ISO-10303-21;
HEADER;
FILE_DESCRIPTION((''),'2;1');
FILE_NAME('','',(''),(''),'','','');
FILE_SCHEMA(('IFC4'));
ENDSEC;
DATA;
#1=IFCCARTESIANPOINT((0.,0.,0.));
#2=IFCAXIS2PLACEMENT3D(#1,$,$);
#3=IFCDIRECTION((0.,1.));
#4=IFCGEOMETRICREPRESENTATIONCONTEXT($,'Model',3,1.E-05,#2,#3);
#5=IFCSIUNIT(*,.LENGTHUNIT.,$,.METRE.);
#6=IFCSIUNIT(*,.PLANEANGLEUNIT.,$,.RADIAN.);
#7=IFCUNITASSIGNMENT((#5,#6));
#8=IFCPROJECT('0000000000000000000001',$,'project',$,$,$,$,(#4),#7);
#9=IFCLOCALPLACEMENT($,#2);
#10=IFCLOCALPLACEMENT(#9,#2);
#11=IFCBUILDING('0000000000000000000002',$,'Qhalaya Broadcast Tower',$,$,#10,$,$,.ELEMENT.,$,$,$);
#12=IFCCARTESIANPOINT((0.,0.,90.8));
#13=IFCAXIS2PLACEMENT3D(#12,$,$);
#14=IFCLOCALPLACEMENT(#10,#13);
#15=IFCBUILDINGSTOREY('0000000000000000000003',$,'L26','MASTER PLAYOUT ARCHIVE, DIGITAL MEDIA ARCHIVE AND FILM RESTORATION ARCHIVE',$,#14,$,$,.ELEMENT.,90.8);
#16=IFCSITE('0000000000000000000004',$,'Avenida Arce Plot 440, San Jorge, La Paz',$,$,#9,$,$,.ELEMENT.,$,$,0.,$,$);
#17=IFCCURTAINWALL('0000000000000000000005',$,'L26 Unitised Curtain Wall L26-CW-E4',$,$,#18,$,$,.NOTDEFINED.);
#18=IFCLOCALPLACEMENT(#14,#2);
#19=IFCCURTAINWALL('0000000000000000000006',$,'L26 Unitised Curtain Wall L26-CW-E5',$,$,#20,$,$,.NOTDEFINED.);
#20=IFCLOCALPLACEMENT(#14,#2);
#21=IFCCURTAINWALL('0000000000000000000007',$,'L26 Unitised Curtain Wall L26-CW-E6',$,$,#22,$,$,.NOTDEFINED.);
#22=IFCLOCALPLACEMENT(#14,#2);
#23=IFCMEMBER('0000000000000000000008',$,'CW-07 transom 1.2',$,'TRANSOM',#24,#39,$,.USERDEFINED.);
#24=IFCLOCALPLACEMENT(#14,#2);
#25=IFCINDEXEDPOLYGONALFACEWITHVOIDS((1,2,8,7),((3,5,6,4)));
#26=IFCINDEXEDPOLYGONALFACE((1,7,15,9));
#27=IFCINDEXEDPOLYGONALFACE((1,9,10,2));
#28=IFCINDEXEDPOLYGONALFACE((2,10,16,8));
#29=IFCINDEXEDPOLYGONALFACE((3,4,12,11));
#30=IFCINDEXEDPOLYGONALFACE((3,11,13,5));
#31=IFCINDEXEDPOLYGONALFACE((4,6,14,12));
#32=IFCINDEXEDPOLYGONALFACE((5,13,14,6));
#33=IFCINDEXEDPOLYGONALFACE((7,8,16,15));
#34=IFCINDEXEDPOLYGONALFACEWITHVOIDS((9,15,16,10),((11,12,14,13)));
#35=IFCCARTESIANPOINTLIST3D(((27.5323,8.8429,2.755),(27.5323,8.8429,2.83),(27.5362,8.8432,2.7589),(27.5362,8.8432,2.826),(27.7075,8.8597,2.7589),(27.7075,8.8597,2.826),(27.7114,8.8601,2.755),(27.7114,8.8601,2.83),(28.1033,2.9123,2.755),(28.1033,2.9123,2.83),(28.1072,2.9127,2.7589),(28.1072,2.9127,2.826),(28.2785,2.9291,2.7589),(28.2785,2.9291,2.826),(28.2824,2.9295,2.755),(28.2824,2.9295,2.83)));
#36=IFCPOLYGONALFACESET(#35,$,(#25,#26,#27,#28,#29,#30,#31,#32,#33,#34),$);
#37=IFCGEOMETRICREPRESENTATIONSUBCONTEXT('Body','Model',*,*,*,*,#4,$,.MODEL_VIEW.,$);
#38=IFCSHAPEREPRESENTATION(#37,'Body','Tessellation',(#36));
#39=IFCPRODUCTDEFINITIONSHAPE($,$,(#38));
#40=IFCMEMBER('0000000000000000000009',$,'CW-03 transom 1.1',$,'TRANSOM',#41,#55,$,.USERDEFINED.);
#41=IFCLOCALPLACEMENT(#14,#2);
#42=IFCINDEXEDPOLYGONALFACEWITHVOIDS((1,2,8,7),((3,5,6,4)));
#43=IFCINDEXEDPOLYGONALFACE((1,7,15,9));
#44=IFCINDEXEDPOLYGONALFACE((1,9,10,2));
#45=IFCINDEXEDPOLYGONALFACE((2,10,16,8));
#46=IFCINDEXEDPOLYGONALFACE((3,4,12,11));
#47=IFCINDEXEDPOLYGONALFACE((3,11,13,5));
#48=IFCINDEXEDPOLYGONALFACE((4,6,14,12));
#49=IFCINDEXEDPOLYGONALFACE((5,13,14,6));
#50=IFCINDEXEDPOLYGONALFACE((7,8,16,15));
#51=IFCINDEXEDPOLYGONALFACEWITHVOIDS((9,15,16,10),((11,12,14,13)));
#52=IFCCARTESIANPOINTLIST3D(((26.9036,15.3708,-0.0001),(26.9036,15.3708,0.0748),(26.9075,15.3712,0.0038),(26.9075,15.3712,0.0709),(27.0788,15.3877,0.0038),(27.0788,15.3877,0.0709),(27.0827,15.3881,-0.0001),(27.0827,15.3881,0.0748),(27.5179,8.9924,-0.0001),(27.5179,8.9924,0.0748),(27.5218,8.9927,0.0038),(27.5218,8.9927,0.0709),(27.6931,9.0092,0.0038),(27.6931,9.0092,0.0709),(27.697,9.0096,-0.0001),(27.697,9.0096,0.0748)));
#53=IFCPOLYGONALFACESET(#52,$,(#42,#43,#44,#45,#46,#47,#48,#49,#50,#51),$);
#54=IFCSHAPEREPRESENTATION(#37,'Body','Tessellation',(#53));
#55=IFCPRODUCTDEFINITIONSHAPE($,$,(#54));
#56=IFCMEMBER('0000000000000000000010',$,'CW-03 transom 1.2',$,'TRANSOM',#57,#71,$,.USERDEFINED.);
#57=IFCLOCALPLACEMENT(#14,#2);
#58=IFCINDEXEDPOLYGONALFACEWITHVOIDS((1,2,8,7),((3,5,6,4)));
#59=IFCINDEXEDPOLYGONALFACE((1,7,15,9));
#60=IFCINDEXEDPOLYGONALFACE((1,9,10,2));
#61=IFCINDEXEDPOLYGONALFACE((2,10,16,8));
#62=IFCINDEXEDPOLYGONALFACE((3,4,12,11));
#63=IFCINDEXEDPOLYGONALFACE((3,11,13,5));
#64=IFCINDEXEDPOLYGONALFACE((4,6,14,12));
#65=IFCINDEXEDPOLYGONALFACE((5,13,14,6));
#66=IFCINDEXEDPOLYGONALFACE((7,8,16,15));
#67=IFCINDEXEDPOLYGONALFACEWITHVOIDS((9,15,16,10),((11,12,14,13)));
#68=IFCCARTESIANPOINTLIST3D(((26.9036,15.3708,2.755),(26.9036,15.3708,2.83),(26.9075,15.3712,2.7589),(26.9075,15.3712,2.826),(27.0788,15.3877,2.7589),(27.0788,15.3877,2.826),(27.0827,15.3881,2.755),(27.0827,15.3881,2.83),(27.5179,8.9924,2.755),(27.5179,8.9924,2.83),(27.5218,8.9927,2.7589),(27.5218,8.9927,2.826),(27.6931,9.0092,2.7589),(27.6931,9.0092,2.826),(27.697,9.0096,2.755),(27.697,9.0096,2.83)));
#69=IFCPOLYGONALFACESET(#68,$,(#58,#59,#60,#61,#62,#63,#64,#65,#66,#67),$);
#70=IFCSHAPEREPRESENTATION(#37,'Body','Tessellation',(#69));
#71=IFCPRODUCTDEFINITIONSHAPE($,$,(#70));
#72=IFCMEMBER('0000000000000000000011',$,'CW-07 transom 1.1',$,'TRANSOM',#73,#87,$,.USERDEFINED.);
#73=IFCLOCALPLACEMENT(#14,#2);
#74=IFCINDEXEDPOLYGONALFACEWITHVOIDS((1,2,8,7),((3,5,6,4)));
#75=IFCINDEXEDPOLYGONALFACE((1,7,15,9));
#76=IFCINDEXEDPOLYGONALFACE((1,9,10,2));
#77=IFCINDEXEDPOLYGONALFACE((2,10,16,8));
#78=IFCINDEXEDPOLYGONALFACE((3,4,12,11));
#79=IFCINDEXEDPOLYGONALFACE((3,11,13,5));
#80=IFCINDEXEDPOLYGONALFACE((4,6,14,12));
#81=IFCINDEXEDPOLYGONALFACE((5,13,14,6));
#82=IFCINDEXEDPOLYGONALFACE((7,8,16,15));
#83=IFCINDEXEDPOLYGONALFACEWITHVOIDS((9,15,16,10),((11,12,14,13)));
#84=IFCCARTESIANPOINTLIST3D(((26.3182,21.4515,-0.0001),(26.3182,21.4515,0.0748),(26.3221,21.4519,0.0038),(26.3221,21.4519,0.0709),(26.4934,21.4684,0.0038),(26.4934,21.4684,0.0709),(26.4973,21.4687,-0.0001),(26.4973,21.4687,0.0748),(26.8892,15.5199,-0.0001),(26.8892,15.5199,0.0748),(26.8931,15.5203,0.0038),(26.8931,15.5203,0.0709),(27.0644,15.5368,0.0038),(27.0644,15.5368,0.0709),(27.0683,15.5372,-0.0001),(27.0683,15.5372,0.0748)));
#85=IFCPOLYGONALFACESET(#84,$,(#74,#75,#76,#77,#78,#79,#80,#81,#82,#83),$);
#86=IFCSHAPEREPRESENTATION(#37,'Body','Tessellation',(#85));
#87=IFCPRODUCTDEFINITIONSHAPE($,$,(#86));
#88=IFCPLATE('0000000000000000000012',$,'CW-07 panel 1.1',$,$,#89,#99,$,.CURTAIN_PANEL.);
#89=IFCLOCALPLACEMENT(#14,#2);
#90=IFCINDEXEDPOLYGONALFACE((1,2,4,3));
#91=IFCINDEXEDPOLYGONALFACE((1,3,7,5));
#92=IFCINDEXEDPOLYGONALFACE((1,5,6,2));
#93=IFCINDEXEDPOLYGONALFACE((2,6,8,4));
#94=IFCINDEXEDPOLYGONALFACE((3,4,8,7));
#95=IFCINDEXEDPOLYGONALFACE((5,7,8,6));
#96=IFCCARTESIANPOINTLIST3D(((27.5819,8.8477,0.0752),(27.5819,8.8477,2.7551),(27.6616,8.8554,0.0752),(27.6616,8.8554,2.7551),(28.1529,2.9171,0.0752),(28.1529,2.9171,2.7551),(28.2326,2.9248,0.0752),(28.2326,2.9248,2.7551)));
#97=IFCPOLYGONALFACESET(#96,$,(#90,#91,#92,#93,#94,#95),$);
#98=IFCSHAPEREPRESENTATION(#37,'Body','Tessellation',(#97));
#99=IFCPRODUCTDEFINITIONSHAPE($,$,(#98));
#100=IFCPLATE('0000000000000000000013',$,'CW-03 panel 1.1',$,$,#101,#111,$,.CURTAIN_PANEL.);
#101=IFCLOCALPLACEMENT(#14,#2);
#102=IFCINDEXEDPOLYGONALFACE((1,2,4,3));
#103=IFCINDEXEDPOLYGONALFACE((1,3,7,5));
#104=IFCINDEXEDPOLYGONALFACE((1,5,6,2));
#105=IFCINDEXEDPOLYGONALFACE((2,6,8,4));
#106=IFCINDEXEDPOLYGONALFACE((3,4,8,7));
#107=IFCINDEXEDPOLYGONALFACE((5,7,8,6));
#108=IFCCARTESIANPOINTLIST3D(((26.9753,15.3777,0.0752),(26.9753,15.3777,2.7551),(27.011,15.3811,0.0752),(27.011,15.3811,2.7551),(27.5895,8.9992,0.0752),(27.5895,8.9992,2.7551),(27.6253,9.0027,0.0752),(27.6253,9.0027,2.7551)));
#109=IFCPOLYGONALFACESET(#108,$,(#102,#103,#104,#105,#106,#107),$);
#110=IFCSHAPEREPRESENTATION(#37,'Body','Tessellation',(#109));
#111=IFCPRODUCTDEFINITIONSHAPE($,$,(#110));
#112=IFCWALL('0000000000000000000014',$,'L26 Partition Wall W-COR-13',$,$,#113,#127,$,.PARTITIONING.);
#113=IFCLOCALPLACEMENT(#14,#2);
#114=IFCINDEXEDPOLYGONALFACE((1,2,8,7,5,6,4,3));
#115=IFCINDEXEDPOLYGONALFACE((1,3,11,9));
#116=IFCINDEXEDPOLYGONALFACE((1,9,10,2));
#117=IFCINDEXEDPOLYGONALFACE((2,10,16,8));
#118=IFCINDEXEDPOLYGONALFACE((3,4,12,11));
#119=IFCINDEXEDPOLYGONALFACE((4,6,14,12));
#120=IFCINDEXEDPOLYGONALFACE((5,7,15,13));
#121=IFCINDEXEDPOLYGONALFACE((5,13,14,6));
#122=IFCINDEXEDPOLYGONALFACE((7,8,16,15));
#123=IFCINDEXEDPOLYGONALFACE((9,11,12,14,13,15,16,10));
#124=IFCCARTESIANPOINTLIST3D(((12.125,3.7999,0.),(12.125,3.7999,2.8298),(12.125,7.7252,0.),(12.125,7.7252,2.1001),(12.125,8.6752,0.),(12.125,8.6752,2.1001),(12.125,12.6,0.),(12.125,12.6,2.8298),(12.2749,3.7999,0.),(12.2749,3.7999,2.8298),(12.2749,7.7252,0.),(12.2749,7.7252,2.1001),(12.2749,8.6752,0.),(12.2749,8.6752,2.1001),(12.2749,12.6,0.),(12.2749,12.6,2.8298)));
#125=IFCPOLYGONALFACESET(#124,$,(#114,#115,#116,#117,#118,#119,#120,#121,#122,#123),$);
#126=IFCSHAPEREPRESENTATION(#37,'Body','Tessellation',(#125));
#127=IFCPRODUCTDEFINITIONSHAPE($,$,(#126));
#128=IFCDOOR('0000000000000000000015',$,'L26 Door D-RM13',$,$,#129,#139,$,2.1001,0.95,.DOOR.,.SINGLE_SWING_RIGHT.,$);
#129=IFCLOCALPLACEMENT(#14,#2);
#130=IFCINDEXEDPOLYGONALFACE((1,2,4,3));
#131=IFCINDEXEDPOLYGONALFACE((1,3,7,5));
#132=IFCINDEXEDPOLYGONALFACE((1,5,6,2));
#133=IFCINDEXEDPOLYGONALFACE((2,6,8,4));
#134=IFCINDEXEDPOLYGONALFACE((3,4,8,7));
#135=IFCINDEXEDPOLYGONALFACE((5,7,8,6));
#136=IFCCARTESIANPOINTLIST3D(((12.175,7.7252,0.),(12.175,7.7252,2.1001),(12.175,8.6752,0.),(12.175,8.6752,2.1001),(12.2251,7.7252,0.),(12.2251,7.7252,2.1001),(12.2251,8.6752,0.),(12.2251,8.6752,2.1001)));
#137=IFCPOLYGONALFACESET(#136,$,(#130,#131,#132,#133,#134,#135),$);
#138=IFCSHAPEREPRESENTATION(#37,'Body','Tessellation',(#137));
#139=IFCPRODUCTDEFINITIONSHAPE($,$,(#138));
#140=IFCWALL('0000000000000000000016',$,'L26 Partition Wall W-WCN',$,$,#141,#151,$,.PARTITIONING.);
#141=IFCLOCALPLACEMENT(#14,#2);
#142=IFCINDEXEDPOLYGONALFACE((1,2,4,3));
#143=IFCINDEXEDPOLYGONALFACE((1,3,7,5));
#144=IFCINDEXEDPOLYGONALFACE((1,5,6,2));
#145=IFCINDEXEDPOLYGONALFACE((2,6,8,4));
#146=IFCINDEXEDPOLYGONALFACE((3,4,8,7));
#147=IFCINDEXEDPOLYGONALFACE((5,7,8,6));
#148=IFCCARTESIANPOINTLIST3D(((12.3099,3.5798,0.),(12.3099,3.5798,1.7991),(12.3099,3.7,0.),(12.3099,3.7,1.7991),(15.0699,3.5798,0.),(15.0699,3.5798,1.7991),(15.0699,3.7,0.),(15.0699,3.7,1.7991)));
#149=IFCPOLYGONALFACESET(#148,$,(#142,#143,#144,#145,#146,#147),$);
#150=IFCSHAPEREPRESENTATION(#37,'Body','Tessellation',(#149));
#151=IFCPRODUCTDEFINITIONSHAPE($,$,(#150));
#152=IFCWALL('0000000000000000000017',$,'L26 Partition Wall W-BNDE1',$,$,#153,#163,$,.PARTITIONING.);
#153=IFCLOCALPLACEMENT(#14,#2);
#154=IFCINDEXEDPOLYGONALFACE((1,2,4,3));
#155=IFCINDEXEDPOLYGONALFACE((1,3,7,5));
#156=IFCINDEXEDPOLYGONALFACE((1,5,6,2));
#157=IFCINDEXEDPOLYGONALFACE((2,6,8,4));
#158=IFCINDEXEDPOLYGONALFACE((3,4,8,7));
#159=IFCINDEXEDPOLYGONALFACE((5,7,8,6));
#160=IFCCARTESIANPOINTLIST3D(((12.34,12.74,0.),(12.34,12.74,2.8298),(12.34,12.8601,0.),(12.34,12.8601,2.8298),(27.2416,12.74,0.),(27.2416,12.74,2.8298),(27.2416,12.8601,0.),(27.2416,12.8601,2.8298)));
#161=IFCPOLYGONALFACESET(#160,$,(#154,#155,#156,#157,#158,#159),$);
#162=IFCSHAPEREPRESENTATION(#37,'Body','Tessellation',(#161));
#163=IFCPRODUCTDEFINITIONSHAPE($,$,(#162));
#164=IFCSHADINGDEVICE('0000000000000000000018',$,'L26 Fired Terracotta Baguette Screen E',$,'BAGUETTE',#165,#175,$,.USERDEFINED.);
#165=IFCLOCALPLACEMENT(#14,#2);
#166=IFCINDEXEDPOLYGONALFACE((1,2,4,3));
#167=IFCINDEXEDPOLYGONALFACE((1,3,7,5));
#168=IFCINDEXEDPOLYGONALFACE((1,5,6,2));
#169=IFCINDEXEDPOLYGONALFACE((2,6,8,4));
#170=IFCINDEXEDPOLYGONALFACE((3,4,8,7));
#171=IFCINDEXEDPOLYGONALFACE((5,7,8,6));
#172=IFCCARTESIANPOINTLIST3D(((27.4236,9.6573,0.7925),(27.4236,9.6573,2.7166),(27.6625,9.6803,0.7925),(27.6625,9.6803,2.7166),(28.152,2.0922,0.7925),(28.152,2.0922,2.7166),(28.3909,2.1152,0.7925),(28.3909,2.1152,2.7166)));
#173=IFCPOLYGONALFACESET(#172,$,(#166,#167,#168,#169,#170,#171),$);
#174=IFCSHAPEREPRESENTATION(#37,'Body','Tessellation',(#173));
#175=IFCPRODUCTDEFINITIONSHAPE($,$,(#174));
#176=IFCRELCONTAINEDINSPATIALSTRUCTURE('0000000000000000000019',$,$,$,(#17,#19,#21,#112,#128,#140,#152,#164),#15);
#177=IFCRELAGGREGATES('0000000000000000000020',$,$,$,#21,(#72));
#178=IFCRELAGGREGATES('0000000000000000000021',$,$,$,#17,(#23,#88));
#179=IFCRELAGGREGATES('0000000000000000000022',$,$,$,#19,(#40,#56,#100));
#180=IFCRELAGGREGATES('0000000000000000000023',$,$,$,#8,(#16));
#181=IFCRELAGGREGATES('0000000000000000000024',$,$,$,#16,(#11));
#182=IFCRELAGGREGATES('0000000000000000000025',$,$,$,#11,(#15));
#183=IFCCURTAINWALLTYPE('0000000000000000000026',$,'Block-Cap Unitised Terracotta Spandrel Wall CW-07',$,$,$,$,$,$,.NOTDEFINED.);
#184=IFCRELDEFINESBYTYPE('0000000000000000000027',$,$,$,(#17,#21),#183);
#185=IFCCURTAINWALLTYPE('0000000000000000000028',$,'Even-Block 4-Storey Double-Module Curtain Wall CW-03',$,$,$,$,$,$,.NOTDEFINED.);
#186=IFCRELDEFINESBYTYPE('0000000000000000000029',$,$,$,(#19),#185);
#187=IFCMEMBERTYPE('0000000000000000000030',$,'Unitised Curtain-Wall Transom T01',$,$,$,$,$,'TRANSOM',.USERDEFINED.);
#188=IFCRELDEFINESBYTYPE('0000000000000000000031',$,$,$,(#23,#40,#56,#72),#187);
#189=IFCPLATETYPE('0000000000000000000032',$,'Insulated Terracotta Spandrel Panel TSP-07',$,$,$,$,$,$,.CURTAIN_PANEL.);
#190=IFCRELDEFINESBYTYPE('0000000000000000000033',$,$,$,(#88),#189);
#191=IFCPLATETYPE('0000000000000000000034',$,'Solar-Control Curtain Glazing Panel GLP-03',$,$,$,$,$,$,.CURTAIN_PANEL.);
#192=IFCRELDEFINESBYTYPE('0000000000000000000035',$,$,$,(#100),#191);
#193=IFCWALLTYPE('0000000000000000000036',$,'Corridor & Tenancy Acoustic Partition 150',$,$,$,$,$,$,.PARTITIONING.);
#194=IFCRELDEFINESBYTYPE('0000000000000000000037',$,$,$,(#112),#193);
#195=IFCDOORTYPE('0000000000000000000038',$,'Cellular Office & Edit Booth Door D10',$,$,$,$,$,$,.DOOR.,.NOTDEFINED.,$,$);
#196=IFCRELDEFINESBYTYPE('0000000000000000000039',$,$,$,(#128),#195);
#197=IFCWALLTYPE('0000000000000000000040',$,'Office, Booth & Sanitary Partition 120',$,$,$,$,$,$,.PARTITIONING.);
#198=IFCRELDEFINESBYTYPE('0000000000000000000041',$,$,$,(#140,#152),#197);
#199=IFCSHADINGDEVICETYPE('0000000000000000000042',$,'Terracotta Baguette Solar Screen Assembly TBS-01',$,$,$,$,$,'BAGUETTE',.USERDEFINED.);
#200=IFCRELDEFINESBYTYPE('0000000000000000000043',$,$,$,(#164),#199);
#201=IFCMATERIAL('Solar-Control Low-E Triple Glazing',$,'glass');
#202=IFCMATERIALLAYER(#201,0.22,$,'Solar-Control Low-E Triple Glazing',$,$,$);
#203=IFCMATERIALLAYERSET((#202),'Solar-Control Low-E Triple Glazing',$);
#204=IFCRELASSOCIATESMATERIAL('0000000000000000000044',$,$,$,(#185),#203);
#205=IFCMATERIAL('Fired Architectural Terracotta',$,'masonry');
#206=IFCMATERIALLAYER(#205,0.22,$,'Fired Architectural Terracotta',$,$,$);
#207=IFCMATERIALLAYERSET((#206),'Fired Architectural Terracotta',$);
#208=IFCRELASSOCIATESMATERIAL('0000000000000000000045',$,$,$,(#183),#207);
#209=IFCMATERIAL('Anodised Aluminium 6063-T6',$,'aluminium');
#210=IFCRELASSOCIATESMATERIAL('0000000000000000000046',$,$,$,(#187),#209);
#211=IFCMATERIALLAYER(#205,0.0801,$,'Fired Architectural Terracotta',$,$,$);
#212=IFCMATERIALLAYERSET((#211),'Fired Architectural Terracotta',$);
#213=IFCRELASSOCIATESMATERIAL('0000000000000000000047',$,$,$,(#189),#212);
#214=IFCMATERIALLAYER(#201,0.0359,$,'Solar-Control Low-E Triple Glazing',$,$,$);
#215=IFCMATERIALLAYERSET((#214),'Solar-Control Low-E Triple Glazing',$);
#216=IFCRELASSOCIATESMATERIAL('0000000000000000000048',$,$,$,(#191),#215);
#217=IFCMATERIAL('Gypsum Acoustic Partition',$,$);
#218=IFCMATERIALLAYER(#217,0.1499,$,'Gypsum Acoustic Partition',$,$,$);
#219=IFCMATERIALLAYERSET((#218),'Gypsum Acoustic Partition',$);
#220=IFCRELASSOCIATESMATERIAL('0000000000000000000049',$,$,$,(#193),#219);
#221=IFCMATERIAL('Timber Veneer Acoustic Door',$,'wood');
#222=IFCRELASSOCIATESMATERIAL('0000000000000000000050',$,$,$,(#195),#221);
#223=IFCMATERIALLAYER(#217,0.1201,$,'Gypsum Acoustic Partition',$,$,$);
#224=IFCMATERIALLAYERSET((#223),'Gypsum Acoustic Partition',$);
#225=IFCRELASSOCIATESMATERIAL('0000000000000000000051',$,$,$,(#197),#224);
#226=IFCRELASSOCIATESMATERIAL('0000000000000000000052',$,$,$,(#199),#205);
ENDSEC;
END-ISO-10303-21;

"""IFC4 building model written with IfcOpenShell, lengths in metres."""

from ifc_helpers import new_model, si_unit, direction, frame, frame_2d, origin, origin_2d, place, context, subcontext, project, spatial, rectangle, hollow_rectangle, extrude, material, layer, layer_set, material_profile, profile_set, type_object, element, fill, aggregate, save


model = new_model("IFC4")

# Units and contexts
model_context = context("Model", 3, precision=1e-05, world=origin(), true_north=direction((0.0, 1.0)))
body_context = subcontext(model_context, "Body", "Model", "MODEL_VIEW")
ifc_project = project(units=[si_unit("LENGTHUNIT", "METRE"), si_unit("PLANEANGLEUNIT", "RADIAN")], contexts=[model_context])

# Site, building, storey
site_placement = place(None, origin())
site = spatial("IfcSite", under=ifc_project, at=site_placement, Name="Avenida Arce Plot 440, San Jorge, La Paz", CompositionType="ELEMENT", RefElevation=0.0)
building_placement = place(site_placement, origin())
building = spatial("IfcBuilding", under=site, at=building_placement, Name="Qhalaya Broadcast Tower", CompositionType="ELEMENT")
storey_placement = place(building_placement, frame((0.0, 0.0, 90.8)))
storey = spatial("IfcBuildingStorey", under=building, at=storey_placement, Name="L26", Description="MASTER PLAYOUT ARCHIVE, DIGITAL MEDIA ARCHIVE AND FILM RESTORATION ARCHIVE", CompositionType="ELEMENT", Elevation=90.8)

# Shared definitions
ifc_material_1 = material(Name="Solar-Control Low-E Triple Glazing", Category="glass")
ifc_layer_1 = layer(ifc_material_1, 0.22, Name="Solar-Control Low-E Triple Glazing")
ifc_layer_set_1 = layer_set([ifc_layer_1], Name="Solar-Control Low-E Triple Glazing")
curtain_wall_type_1 = type_object("IfcCurtainWallType", Name="Even-Block 4-Storey Double-Module Curtain Wall CW-03", PredefinedType="NOTDEFINED", material=ifc_layer_set_1)
ifc_material_2 = material(Name="Anodised Aluminium 6063-T6", Category="aluminium")

# Curtain walls
ifc_material_3 = material(Name="Fired Architectural Terracotta", Category="masonry")
ifc_layer_2 = layer(ifc_material_3, 0.22, Name="Fired Architectural Terracotta")
ifc_layer_set_2 = layer_set([ifc_layer_2], Name="Fired Architectural Terracotta")
curtain_wall_type_2 = type_object("IfcCurtainWallType", Name="Block-Cap Unitised Terracotta Spandrel Wall CW-07", PredefinedType="NOTDEFINED", material=ifc_layer_set_2)
curtain_wall_1_placement = place(storey_placement, origin())
curtain_wall_1 = element("IfcCurtainWall", 1, at=curtain_wall_1_placement, inside=storey, type_object=curtain_wall_type_2, Name="L26 Unitised Curtain Wall L26-CW-E4", PredefinedType="NOTDEFINED")
curtain_wall_2_placement = place(storey_placement, origin())
curtain_wall_2 = element("IfcCurtainWall", 2, at=curtain_wall_2_placement, inside=storey, type_object=curtain_wall_type_1, Name="L26 Unitised Curtain Wall L26-CW-E5", PredefinedType="NOTDEFINED")

# Curtain wall
curtain_wall_3_placement = place(storey_placement, origin())
curtain_wall_3 = element("IfcCurtainWall", 3, at=curtain_wall_3_placement, inside=storey, type_object=curtain_wall_type_2, Name="L26 Unitised Curtain Wall L26-CW-E6", PredefinedType="NOTDEFINED")

# Members
ifc_material_profile_1 = material_profile(ifc_material_2, hollow_rectangle(XDim=0.075, YDim=0.1799, WallThickness=0.0039, at=origin_2d()), Name="ALU-TRN 75x180x4")
ifc_profile_set_1 = profile_set([ifc_material_profile_1], Name="Anodised Aluminium 6063-T6")
member_type_1 = type_object("IfcMemberType", Name="Unitised Curtain-Wall Transom T01", ElementType="TRANSOM", PredefinedType="USERDEFINED", material=ifc_profile_set_1)
member_1_placement = place(storey_placement, frame((28.1929, 2.9209, 2.7925), z_axis=(-0.095844, 0.995396, 0.0), x_axis=(0.0, 0.0, 1.0)))
member_1 = element("IfcMember", 4, at=member_1_placement, type_object=member_type_1, Name="CW-07 transom 1.2", ObjectType="TRANSOM", PredefinedType="USERDEFINED", context=body_context, shape_type="SweptSolid", body=[
    extrude(hollow_rectangle(XDim=0.075, YDim=0.1799, WallThickness=0.0039, at=origin_2d()), origin(), (0.0, 0.0, 1.0), 5.958),
])
member_2_placement = place(storey_placement, frame((27.6074, 9.001, 0.0374), z_axis=(-0.095859, 0.995395, 0.0), x_axis=(0.0, 0.0, 1.0)))
member_2 = element("IfcMember", 5, at=member_2_placement, type_object=member_type_1, Name="CW-03 transom 1.1", ObjectType="TRANSOM", PredefinedType="USERDEFINED", context=body_context, shape_type="SweptSolid", body=[
    extrude(hollow_rectangle(XDim=0.075, YDim=0.1799, WallThickness=0.0039, at=origin_2d()), origin(), (0.0, 0.0, 1.0), 6.408),
])
member_3_placement = place(storey_placement, frame((27.6074, 9.001, 2.7925), z_axis=(-0.095859, 0.995395, 0.0), x_axis=(0.0, 0.0, 1.0)))
member_3 = element("IfcMember", 6, at=member_3_placement, type_object=member_type_1, Name="CW-03 transom 1.2", ObjectType="TRANSOM", PredefinedType="USERDEFINED", context=body_context, shape_type="SweptSolid", body=[
    extrude(hollow_rectangle(XDim=0.075, YDim=0.1799, WallThickness=0.0039, at=origin_2d()), origin(), (0.0, 0.0, 1.0), 6.408),
])
member_4_placement = place(storey_placement, frame((26.9788, 15.5286, 0.0374), z_axis=(-0.095828, 0.995398, 0.0), x_axis=(0.0, 0.0, 1.0)))
member_4 = element("IfcMember", 7, at=member_4_placement, type_object=member_type_1, Name="CW-07 transom 1.1", ObjectType="TRANSOM", PredefinedType="USERDEFINED", context=body_context, shape_type="SweptSolid", body=[
    extrude(hollow_rectangle(XDim=0.075, YDim=0.1799, WallThickness=0.0039, at=origin_2d()), origin(), (0.0, 0.0, 1.0), 5.959),
])
aggregate(curtain_wall_3, [member_4])

# Plates
ifc_layer_3 = layer(ifc_material_3, 0.0801, Name="Fired Architectural Terracotta")
ifc_layer_set_3 = layer_set([ifc_layer_3], Name="Fired Architectural Terracotta")
plate_type_1 = type_object("IfcPlateType", Name="Insulated Terracotta Spandrel Panel TSP-07", PredefinedType="CURTAIN_PANEL", material=ifc_layer_set_3)
plate_1_placement = place(storey_placement, frame((27.9072, 5.8862, 0.0752), z_axis=(0.0, 0.0, 1.0), x_axis=(-0.095841, 0.995397, 0.0)))
plate_1 = element("IfcPlate", 8, at=plate_1_placement, type_object=plate_type_1, Name="CW-07 panel 1.1", PredefinedType="CURTAIN_PANEL", context=body_context, shape_type="SweptSolid", body=[
    extrude(rectangle(XDim=5.958, YDim=0.0801, at=origin_2d()), origin(), (0.0, 0.0, 1.0), 2.6799),
])
aggregate(curtain_wall_1, [member_1, plate_1])
ifc_layer_4 = layer(ifc_material_1, 0.0359, Name="Solar-Control Low-E Triple Glazing")
ifc_layer_set_4 = layer_set([ifc_layer_4], Name="Solar-Control Low-E Triple Glazing")
plate_type_2 = type_object("IfcPlateType", Name="Solar-Control Curtain Glazing Panel GLP-03", PredefinedType="CURTAIN_PANEL", material=ifc_layer_set_4)
plate_2_placement = place(storey_placement, frame((27.3003, 12.1902, 0.0752), z_axis=(0.0, 0.0, 1.0), x_axis=(-0.095852, 0.995396, 0.0)))
plate_2 = element("IfcPlate", 9, at=plate_2_placement, type_object=plate_type_2, Name="CW-03 panel 1.1", PredefinedType="CURTAIN_PANEL", context=body_context, shape_type="SweptSolid", body=[
    extrude(rectangle(XDim=6.408, YDim=0.0359, at=origin_2d()), origin(), (0.0, 0.0, 1.0), 2.6799),
])
aggregate(curtain_wall_2, [member_2, member_3, plate_2])

# Wall, opening, door
ifc_material_4 = material(Name="Gypsum Acoustic Partition")
ifc_layer_5 = layer(ifc_material_4, 0.1499, Name="Gypsum Acoustic Partition")
ifc_layer_set_5 = layer_set([ifc_layer_5], Name="Gypsum Acoustic Partition")
wall_type_1 = type_object("IfcWallType", Name="Corridor & Tenancy Acoustic Partition 150", PredefinedType="PARTITIONING", material=ifc_layer_set_5)
wall_1_placement = place(storey_placement, frame((12.2, 3.8, 0.0), z_axis=(0.0, 0.0, 1.0), x_axis=(0.0, 1.0, 0.0)))
wall_1 = element("IfcWall", 10, at=wall_1_placement, inside=storey, type_object=wall_type_1, Name="L26 Partition Wall W-COR-13", PredefinedType="PARTITIONING", context=body_context, shape_type="SweptSolid", body=[
    extrude(rectangle(XDim=8.8, YDim=0.1499, at=frame_2d((4.3999, 0.0))), origin(), (0.0, 0.0, 1.0), 2.8298),
])
opening_placement = place(wall_1_placement, frame((3.925, 0.0, 0.0)))
opening = element("IfcOpeningElement", 11, at=opening_placement, cuts=wall_1, PredefinedType="OPENING", context=body_context, shape_type="SweptSolid", body=[
    extrude(rectangle(XDim=0.95, YDim=2.1001, at=frame_2d((0.4751, 1.05))), frame((0.0, 0.0869, 0.0), z_axis=(0.0, -1.0, 0.0), x_axis=(1.0, 0.0, 0.0)), (0.0, 0.0, 1.0), 0.1738),
])
ifc_material_5 = material(Name="Timber Veneer Acoustic Door", Category="wood")
door_type = type_object("IfcDoorType", Name="Cellular Office & Edit Booth Door D10", OperationType="NOTDEFINED", PredefinedType="DOOR", material=ifc_material_5)
door_placement = place(opening_placement, origin())
door = element("IfcDoor", 12, at=door_placement, inside=storey, type_object=door_type, Name="L26 Door D-RM13", OperationType="SINGLE_SWING_RIGHT", OverallHeight=2.1001, OverallWidth=0.95, PredefinedType="DOOR", context=body_context, shape_type="SweptSolid", body=[
    extrude(rectangle(XDim=0.95, YDim=2.1001, at=frame_2d((0.4751, 1.05))), frame((0.0, 0.0249, 0.0), z_axis=(0.0, -1.0, 0.0), x_axis=(1.0, 0.0, 0.0)), (0.0, 0.0, 1.0), 0.05),
])
fill(opening, door)

# Walls
ifc_layer_6 = layer(ifc_material_4, 0.1201, Name="Gypsum Acoustic Partition")
ifc_layer_set_6 = layer_set([ifc_layer_6], Name="Gypsum Acoustic Partition")
wall_type_2 = type_object("IfcWallType", Name="Office, Booth & Sanitary Partition 120", PredefinedType="PARTITIONING", material=ifc_layer_set_6)
wall_2_placement = place(storey_placement, frame((12.3101, 3.6399, 0.0), z_axis=(0.0, 0.0, 1.0), x_axis=(1.0, 0.0, 0.0)))
element("IfcWall", 13, at=wall_2_placement, inside=storey, type_object=wall_type_2, Name="L26 Partition Wall W-WCN", PredefinedType="PARTITIONING", context=body_context, shape_type="SweptSolid", body=[
    extrude(rectangle(XDim=2.76, YDim=0.1201, at=frame_2d((1.3799, 0.0))), origin(), (0.0, 0.0, 1.0), 1.7991),
])
wall_3_placement = place(storey_placement, frame((12.3401, 12.8, 0.0), z_axis=(0.0, 0.0, 1.0), x_axis=(1.0, 0.0, 0.0)))
element("IfcWall", 14, at=wall_3_placement, inside=storey, type_object=wall_type_2, Name="L26 Partition Wall W-BNDE1", PredefinedType="PARTITIONING", context=body_context, shape_type="SweptSolid", body=[
    extrude(rectangle(XDim=14.9016, YDim=0.1201, at=frame_2d((7.4507, 0.0))), origin(), (0.0, 0.0, 1.0), 2.8298),
])

# Shading device
shading_device_type = type_object("IfcShadingDeviceType", Name="Terracotta Baguette Solar Screen Assembly TBS-01", ElementType="BAGUETTE", PredefinedType="USERDEFINED", material=ifc_material_3)
shading_device_placement = place(storey_placement, frame((27.9072, 5.8862, 0.7925), z_axis=(0.0, 0.0, 1.0), x_axis=(-0.095846, 0.995396, 0.0)))
element("IfcShadingDevice", 15, at=shading_device_placement, inside=storey, type_object=shading_device_type, Name="L26 Fired Terracotta Baguette Screen E", ObjectType="BAGUETTE", PredefinedType="USERDEFINED", context=body_context, shape_type="SweptSolid", body=[
    extrude(rectangle(XDim=7.6001, YDim=0.24, at=origin_2d()), origin(), (0.0, 0.0, 1.0), 1.9241),
])

save(model, "model.ifc")
